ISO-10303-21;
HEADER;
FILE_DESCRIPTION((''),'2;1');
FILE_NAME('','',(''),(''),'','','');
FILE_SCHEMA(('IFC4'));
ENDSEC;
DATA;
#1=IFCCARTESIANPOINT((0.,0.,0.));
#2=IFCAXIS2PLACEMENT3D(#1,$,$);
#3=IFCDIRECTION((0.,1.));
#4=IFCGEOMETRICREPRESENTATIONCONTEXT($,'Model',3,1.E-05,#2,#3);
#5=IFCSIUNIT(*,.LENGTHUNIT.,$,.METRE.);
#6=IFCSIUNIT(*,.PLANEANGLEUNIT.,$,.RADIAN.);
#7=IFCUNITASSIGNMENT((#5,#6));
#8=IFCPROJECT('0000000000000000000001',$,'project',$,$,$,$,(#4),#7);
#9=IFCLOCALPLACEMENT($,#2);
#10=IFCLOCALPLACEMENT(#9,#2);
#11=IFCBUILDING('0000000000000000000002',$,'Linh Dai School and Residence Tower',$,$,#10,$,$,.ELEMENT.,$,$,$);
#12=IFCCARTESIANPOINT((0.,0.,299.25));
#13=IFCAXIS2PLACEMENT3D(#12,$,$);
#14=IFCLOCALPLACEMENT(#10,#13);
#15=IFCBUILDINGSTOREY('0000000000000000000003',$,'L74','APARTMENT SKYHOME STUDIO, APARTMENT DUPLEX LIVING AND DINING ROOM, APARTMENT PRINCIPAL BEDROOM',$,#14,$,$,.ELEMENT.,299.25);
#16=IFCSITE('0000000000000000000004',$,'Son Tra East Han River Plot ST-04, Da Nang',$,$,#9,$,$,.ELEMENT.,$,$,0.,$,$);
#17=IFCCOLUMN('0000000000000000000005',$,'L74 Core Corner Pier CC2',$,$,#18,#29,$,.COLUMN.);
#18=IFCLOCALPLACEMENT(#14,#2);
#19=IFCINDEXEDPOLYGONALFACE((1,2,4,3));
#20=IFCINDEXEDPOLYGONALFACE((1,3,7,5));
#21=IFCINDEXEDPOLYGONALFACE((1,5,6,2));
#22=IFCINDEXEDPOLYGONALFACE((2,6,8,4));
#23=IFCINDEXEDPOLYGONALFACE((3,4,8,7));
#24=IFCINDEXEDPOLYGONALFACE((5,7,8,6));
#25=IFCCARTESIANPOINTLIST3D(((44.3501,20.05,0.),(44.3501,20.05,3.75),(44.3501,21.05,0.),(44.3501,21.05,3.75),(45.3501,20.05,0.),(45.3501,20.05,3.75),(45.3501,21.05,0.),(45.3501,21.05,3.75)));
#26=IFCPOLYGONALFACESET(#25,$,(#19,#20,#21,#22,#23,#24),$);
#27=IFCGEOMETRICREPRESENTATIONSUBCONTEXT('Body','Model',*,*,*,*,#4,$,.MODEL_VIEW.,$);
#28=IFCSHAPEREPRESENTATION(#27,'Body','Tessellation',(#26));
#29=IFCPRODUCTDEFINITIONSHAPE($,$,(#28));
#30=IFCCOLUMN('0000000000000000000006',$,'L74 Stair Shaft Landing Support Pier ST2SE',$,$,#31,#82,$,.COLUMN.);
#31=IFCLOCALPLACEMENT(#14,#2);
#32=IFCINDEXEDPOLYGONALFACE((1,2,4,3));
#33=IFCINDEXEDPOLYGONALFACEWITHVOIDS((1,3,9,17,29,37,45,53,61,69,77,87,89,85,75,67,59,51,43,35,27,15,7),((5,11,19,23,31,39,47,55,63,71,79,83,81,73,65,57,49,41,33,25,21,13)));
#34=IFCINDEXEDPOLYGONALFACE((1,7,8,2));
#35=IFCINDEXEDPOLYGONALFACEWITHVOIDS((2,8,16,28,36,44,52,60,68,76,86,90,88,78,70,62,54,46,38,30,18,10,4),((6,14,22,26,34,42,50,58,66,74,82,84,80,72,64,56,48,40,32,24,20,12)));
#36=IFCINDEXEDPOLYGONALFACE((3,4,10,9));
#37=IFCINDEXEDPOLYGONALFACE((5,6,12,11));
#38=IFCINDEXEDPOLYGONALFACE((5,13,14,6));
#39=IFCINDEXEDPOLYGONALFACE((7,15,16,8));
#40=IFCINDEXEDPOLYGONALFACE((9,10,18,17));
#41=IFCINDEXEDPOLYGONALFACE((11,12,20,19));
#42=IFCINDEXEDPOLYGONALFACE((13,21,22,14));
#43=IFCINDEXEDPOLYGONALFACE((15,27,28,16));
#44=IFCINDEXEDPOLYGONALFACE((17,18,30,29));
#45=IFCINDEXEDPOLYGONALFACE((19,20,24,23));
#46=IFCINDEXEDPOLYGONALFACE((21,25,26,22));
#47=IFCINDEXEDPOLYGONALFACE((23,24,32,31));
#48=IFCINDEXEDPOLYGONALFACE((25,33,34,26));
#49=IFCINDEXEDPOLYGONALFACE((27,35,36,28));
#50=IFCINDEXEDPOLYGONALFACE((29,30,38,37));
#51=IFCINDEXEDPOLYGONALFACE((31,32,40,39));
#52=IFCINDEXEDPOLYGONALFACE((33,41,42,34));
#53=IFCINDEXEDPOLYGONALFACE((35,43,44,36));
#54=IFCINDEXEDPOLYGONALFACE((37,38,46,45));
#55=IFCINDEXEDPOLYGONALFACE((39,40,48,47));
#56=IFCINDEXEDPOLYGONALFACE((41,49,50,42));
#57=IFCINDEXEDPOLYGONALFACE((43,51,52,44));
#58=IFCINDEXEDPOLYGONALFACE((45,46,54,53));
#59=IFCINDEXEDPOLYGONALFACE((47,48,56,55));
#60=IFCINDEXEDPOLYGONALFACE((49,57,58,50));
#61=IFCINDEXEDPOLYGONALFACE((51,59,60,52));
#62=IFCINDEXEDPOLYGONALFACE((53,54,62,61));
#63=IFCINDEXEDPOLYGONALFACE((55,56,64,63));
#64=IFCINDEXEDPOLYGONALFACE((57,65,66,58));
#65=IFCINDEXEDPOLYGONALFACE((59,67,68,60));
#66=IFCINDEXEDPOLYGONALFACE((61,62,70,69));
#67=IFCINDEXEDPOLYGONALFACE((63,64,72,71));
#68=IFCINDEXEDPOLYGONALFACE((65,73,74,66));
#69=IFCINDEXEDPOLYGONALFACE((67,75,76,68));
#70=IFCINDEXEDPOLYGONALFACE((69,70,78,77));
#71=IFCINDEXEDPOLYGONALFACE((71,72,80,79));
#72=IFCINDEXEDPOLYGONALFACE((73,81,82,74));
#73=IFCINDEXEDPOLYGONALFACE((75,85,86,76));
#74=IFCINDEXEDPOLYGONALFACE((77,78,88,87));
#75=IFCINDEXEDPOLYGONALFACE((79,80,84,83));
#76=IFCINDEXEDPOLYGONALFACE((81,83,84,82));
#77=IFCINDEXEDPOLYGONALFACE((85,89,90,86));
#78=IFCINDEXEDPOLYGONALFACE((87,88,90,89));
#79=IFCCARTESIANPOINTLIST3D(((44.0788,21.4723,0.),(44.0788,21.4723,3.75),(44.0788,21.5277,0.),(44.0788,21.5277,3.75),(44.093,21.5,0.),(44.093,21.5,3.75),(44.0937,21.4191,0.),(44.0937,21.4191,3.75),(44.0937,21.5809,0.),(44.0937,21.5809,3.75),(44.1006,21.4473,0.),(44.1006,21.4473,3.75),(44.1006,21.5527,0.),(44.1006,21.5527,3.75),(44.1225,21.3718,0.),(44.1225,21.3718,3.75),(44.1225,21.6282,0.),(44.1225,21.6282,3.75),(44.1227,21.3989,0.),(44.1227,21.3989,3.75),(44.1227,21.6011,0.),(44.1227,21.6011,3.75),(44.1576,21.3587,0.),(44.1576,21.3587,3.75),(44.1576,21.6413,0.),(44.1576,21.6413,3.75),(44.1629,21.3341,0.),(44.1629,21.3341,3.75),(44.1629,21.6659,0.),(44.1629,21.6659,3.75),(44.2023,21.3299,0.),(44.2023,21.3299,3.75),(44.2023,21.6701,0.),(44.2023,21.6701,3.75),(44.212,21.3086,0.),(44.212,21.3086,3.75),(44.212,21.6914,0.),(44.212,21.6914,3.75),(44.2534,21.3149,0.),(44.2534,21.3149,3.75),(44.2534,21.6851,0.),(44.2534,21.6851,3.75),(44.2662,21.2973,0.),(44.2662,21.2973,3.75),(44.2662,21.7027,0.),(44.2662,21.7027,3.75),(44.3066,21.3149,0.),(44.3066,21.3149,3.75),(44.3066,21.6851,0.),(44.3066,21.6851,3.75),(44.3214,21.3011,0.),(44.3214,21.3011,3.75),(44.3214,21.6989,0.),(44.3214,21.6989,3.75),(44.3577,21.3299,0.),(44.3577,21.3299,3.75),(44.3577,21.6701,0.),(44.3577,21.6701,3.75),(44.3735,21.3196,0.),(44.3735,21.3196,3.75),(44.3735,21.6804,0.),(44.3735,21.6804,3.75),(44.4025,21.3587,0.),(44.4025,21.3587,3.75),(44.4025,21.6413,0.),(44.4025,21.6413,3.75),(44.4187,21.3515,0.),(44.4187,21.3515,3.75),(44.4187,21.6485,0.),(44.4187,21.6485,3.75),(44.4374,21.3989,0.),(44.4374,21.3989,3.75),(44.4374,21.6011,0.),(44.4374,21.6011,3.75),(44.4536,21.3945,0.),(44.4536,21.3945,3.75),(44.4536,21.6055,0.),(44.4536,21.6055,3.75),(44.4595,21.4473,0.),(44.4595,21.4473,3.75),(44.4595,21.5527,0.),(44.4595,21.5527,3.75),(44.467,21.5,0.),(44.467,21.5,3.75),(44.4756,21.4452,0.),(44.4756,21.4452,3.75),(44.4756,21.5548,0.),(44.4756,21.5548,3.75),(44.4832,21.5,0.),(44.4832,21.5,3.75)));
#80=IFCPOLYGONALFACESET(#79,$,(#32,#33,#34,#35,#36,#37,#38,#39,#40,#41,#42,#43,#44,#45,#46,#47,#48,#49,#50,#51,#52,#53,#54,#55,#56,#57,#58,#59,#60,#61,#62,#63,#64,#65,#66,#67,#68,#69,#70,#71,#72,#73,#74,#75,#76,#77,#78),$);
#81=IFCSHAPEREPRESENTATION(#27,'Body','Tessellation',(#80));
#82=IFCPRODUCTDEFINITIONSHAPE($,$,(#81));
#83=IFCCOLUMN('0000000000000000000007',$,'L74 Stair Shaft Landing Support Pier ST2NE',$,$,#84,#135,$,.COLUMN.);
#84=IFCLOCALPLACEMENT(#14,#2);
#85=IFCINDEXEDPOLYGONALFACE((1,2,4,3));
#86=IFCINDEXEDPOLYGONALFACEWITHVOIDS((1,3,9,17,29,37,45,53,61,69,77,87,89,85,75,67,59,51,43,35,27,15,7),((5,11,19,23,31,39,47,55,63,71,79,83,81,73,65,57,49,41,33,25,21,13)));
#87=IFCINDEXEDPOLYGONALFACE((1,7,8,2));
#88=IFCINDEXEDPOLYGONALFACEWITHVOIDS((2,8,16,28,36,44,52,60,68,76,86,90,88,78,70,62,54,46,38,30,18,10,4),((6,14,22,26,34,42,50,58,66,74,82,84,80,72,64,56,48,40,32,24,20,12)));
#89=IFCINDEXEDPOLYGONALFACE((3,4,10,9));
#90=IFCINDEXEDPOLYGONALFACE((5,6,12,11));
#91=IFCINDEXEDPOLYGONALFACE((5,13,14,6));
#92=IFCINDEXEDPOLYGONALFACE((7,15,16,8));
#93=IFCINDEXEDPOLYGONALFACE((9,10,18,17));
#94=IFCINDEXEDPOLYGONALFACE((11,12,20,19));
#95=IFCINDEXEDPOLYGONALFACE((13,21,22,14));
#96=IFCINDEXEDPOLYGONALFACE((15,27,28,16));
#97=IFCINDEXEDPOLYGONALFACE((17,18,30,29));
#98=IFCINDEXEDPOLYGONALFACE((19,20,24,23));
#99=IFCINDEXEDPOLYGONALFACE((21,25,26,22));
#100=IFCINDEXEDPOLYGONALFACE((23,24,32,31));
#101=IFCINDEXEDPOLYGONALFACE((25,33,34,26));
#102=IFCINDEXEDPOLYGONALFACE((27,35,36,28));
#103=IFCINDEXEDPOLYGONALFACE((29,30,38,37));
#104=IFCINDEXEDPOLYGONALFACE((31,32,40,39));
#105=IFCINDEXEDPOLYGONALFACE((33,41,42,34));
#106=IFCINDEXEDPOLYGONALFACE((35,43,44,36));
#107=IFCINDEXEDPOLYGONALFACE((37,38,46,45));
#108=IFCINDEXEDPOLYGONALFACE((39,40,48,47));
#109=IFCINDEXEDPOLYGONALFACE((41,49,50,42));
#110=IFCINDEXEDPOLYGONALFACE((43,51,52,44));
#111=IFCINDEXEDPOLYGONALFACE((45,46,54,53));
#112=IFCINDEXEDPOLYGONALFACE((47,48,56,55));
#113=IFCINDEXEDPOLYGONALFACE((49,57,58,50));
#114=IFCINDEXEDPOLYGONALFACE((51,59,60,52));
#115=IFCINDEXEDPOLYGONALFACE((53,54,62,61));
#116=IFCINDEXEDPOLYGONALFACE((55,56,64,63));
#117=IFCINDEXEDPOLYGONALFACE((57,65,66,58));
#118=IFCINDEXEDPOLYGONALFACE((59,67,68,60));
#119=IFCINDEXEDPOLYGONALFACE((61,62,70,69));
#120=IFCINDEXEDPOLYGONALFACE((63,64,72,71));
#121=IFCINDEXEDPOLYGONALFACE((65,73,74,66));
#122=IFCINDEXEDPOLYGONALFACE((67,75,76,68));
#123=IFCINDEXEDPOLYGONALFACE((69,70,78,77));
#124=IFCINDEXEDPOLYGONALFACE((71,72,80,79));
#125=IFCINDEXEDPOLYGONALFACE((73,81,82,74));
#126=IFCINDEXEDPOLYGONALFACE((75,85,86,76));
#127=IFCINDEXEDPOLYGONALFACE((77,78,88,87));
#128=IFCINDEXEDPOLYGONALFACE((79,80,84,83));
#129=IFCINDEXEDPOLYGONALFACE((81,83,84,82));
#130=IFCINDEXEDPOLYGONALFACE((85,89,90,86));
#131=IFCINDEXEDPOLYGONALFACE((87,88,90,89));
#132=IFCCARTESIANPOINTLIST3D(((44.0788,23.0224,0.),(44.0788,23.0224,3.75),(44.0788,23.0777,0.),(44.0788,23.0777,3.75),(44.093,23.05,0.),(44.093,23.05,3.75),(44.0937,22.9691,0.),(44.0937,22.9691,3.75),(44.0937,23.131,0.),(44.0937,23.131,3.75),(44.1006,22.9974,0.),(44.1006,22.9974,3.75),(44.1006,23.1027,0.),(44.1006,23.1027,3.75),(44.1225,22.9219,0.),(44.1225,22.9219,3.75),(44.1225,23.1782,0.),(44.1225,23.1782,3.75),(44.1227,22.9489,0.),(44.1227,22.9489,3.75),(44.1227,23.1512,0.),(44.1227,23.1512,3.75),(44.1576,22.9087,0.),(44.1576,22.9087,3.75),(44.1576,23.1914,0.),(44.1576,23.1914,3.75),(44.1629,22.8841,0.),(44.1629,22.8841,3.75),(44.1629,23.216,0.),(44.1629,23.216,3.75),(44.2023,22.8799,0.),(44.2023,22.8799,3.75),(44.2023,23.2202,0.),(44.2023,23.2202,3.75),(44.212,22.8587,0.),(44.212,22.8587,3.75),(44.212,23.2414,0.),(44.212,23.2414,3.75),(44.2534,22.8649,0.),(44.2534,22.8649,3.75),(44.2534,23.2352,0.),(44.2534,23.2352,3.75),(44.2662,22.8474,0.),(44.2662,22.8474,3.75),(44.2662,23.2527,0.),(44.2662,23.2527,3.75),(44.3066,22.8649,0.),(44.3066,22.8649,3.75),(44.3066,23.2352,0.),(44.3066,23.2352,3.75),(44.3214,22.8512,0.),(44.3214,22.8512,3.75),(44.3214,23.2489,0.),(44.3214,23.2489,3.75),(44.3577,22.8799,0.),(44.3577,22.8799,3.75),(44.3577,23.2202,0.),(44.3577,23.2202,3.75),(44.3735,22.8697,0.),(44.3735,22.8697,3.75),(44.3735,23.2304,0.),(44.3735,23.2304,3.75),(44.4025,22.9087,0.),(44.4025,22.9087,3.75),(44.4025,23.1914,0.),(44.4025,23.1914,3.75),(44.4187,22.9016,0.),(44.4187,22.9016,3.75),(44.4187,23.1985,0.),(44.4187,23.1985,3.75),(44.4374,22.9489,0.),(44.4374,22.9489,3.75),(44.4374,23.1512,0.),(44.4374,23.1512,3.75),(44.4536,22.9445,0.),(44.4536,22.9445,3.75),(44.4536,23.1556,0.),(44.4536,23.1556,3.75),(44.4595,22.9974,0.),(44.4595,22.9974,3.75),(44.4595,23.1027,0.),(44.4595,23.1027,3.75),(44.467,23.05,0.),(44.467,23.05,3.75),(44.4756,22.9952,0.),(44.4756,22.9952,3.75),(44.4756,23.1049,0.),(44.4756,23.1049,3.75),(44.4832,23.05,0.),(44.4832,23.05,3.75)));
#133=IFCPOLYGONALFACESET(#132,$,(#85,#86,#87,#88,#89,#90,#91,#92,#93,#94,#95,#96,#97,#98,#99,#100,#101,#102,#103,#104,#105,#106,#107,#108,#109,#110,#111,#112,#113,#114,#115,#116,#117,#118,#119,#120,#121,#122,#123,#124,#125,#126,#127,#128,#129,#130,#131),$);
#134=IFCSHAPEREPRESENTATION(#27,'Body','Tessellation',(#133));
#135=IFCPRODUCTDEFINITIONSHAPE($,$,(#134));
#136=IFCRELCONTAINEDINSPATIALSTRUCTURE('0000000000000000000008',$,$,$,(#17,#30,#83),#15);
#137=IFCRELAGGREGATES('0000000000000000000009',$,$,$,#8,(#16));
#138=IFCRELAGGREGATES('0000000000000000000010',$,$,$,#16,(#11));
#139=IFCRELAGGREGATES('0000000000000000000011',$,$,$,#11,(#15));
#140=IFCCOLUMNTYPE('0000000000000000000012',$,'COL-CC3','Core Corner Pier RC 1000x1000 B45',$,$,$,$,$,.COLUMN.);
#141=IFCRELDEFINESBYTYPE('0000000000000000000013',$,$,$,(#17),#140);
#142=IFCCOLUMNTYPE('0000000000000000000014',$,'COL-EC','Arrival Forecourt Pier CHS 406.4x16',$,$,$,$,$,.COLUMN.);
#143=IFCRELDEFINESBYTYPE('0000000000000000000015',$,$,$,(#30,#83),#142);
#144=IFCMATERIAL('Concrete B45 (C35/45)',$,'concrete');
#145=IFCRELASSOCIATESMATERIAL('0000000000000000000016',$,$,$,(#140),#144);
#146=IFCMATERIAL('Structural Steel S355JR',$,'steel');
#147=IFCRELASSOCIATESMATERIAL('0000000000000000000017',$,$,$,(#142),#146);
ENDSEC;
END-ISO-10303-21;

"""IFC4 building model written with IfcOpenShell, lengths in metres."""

from ifc_helpers import new_model, si_unit, direction, frame, origin, origin_2d, place, context, subcontext, project, spatial, rectangle, hollow_circle, extrude, material, material_profile, profile_set, type_object, element, save


model = new_model("IFC4")

# Units and contexts
model_context = context("Model", 3, precision=1e-05, world=origin(), true_north=direction((0.0, 1.0)))
body_context = subcontext(model_context, "Body", "Model", "MODEL_VIEW")
ifc_project = project(units=[si_unit("LENGTHUNIT", "METRE"), si_unit("PLANEANGLEUNIT", "RADIAN")], contexts=[model_context])

# Site, building, storey
site_placement = place(None, origin())
site = spatial("IfcSite", under=ifc_project, at=site_placement, Name="Son Tra East Han River Plot ST-04, Da Nang", CompositionType="ELEMENT", RefElevation=0.0)
building_placement = place(site_placement, origin())
building = spatial("IfcBuilding", under=site, at=building_placement, Name="Linh Dai School and Residence Tower", CompositionType="ELEMENT")
storey_placement = place(building_placement, frame((0.0, 0.0, 299.25)))
storey = spatial("IfcBuildingStorey", under=building, at=storey_placement, Name="L74", Description="APARTMENT SKYHOME STUDIO, APARTMENT DUPLEX LIVING AND DINING ROOM, APARTMENT PRINCIPAL BEDROOM", CompositionType="ELEMENT", Elevation=299.25)

# Columns
ifc_material_1 = material(Name="Concrete B45 (C35/45)", Category="concrete")
ifc_material_profile_1 = material_profile(ifc_material_1, rectangle(XDim=1.0, YDim=1.0, at=origin_2d()), Name="RC 1000x1000")
ifc_profile_set_1 = profile_set([ifc_material_profile_1], Name="Concrete B45 (C35/45)")
column_type_1 = type_object("IfcColumnType", Name="COL-CC3", Description="Core Corner Pier RC 1000x1000 B45", PredefinedType="COLUMN", material=ifc_profile_set_1)
column_1_placement = place(storey_placement, frame((44.8501, 20.55, 0.0), z_axis=(0.0, 0.0, 1.0), x_axis=(1.0, 0.0, 0.0)))
element("IfcColumn", 1, at=column_1_placement, inside=storey, type_object=column_type_1, Name="L74 Core Corner Pier CC2", PredefinedType="COLUMN", context=body_context, shape_type="SweptSolid", body=[
    extrude(rectangle(XDim=1.0, YDim=1.0, at=origin_2d()), origin(), (0.0, 0.0, 1.0), 3.75),
])
ifc_material_2 = material(Name="Structural Steel S355JR", Category="steel")
ifc_material_profile_2 = material_profile(ifc_material_2, hollow_circle(Radius=0.2031, WallThickness=0.0161, at=origin_2d()), Name="CHS 406.4x16")
ifc_profile_set_2 = profile_set([ifc_material_profile_2], Name="Structural Steel S355JR")
column_type_2 = type_object("IfcColumnType", Name="COL-EC", Description="Arrival Forecourt Pier CHS 406.4x16", PredefinedType="COLUMN", material=ifc_profile_set_2)
for number, where, z_axis, x_axis, name in (
    (2, (44.28, 21.5, 0.0), (0.0, 0.0, 1.0), (1.0, 0.0, 0.0), "L74 Stair Shaft Landing Support Pier ST2SE"),
    (3, (44.28, 23.05, 0.0), (0.0, 0.0, 1.0), (1.0, 0.0, 0.0), "L74 Stair Shaft Landing Support Pier ST2NE"),
):
    element("IfcColumn", number, at=place(storey_placement, frame(where, z_axis=z_axis, x_axis=x_axis)), inside=storey, type_object=column_type_2, Name=name, PredefinedType="COLUMN", context=body_context, shape_type="SweptSolid", body=[
        extrude(hollow_circle(Radius=0.2031, WallThickness=0.0161, at=origin_2d()), origin(), (0.0, 0.0, 1.0), 3.75),
    ])

save(model, "model.ifc")
